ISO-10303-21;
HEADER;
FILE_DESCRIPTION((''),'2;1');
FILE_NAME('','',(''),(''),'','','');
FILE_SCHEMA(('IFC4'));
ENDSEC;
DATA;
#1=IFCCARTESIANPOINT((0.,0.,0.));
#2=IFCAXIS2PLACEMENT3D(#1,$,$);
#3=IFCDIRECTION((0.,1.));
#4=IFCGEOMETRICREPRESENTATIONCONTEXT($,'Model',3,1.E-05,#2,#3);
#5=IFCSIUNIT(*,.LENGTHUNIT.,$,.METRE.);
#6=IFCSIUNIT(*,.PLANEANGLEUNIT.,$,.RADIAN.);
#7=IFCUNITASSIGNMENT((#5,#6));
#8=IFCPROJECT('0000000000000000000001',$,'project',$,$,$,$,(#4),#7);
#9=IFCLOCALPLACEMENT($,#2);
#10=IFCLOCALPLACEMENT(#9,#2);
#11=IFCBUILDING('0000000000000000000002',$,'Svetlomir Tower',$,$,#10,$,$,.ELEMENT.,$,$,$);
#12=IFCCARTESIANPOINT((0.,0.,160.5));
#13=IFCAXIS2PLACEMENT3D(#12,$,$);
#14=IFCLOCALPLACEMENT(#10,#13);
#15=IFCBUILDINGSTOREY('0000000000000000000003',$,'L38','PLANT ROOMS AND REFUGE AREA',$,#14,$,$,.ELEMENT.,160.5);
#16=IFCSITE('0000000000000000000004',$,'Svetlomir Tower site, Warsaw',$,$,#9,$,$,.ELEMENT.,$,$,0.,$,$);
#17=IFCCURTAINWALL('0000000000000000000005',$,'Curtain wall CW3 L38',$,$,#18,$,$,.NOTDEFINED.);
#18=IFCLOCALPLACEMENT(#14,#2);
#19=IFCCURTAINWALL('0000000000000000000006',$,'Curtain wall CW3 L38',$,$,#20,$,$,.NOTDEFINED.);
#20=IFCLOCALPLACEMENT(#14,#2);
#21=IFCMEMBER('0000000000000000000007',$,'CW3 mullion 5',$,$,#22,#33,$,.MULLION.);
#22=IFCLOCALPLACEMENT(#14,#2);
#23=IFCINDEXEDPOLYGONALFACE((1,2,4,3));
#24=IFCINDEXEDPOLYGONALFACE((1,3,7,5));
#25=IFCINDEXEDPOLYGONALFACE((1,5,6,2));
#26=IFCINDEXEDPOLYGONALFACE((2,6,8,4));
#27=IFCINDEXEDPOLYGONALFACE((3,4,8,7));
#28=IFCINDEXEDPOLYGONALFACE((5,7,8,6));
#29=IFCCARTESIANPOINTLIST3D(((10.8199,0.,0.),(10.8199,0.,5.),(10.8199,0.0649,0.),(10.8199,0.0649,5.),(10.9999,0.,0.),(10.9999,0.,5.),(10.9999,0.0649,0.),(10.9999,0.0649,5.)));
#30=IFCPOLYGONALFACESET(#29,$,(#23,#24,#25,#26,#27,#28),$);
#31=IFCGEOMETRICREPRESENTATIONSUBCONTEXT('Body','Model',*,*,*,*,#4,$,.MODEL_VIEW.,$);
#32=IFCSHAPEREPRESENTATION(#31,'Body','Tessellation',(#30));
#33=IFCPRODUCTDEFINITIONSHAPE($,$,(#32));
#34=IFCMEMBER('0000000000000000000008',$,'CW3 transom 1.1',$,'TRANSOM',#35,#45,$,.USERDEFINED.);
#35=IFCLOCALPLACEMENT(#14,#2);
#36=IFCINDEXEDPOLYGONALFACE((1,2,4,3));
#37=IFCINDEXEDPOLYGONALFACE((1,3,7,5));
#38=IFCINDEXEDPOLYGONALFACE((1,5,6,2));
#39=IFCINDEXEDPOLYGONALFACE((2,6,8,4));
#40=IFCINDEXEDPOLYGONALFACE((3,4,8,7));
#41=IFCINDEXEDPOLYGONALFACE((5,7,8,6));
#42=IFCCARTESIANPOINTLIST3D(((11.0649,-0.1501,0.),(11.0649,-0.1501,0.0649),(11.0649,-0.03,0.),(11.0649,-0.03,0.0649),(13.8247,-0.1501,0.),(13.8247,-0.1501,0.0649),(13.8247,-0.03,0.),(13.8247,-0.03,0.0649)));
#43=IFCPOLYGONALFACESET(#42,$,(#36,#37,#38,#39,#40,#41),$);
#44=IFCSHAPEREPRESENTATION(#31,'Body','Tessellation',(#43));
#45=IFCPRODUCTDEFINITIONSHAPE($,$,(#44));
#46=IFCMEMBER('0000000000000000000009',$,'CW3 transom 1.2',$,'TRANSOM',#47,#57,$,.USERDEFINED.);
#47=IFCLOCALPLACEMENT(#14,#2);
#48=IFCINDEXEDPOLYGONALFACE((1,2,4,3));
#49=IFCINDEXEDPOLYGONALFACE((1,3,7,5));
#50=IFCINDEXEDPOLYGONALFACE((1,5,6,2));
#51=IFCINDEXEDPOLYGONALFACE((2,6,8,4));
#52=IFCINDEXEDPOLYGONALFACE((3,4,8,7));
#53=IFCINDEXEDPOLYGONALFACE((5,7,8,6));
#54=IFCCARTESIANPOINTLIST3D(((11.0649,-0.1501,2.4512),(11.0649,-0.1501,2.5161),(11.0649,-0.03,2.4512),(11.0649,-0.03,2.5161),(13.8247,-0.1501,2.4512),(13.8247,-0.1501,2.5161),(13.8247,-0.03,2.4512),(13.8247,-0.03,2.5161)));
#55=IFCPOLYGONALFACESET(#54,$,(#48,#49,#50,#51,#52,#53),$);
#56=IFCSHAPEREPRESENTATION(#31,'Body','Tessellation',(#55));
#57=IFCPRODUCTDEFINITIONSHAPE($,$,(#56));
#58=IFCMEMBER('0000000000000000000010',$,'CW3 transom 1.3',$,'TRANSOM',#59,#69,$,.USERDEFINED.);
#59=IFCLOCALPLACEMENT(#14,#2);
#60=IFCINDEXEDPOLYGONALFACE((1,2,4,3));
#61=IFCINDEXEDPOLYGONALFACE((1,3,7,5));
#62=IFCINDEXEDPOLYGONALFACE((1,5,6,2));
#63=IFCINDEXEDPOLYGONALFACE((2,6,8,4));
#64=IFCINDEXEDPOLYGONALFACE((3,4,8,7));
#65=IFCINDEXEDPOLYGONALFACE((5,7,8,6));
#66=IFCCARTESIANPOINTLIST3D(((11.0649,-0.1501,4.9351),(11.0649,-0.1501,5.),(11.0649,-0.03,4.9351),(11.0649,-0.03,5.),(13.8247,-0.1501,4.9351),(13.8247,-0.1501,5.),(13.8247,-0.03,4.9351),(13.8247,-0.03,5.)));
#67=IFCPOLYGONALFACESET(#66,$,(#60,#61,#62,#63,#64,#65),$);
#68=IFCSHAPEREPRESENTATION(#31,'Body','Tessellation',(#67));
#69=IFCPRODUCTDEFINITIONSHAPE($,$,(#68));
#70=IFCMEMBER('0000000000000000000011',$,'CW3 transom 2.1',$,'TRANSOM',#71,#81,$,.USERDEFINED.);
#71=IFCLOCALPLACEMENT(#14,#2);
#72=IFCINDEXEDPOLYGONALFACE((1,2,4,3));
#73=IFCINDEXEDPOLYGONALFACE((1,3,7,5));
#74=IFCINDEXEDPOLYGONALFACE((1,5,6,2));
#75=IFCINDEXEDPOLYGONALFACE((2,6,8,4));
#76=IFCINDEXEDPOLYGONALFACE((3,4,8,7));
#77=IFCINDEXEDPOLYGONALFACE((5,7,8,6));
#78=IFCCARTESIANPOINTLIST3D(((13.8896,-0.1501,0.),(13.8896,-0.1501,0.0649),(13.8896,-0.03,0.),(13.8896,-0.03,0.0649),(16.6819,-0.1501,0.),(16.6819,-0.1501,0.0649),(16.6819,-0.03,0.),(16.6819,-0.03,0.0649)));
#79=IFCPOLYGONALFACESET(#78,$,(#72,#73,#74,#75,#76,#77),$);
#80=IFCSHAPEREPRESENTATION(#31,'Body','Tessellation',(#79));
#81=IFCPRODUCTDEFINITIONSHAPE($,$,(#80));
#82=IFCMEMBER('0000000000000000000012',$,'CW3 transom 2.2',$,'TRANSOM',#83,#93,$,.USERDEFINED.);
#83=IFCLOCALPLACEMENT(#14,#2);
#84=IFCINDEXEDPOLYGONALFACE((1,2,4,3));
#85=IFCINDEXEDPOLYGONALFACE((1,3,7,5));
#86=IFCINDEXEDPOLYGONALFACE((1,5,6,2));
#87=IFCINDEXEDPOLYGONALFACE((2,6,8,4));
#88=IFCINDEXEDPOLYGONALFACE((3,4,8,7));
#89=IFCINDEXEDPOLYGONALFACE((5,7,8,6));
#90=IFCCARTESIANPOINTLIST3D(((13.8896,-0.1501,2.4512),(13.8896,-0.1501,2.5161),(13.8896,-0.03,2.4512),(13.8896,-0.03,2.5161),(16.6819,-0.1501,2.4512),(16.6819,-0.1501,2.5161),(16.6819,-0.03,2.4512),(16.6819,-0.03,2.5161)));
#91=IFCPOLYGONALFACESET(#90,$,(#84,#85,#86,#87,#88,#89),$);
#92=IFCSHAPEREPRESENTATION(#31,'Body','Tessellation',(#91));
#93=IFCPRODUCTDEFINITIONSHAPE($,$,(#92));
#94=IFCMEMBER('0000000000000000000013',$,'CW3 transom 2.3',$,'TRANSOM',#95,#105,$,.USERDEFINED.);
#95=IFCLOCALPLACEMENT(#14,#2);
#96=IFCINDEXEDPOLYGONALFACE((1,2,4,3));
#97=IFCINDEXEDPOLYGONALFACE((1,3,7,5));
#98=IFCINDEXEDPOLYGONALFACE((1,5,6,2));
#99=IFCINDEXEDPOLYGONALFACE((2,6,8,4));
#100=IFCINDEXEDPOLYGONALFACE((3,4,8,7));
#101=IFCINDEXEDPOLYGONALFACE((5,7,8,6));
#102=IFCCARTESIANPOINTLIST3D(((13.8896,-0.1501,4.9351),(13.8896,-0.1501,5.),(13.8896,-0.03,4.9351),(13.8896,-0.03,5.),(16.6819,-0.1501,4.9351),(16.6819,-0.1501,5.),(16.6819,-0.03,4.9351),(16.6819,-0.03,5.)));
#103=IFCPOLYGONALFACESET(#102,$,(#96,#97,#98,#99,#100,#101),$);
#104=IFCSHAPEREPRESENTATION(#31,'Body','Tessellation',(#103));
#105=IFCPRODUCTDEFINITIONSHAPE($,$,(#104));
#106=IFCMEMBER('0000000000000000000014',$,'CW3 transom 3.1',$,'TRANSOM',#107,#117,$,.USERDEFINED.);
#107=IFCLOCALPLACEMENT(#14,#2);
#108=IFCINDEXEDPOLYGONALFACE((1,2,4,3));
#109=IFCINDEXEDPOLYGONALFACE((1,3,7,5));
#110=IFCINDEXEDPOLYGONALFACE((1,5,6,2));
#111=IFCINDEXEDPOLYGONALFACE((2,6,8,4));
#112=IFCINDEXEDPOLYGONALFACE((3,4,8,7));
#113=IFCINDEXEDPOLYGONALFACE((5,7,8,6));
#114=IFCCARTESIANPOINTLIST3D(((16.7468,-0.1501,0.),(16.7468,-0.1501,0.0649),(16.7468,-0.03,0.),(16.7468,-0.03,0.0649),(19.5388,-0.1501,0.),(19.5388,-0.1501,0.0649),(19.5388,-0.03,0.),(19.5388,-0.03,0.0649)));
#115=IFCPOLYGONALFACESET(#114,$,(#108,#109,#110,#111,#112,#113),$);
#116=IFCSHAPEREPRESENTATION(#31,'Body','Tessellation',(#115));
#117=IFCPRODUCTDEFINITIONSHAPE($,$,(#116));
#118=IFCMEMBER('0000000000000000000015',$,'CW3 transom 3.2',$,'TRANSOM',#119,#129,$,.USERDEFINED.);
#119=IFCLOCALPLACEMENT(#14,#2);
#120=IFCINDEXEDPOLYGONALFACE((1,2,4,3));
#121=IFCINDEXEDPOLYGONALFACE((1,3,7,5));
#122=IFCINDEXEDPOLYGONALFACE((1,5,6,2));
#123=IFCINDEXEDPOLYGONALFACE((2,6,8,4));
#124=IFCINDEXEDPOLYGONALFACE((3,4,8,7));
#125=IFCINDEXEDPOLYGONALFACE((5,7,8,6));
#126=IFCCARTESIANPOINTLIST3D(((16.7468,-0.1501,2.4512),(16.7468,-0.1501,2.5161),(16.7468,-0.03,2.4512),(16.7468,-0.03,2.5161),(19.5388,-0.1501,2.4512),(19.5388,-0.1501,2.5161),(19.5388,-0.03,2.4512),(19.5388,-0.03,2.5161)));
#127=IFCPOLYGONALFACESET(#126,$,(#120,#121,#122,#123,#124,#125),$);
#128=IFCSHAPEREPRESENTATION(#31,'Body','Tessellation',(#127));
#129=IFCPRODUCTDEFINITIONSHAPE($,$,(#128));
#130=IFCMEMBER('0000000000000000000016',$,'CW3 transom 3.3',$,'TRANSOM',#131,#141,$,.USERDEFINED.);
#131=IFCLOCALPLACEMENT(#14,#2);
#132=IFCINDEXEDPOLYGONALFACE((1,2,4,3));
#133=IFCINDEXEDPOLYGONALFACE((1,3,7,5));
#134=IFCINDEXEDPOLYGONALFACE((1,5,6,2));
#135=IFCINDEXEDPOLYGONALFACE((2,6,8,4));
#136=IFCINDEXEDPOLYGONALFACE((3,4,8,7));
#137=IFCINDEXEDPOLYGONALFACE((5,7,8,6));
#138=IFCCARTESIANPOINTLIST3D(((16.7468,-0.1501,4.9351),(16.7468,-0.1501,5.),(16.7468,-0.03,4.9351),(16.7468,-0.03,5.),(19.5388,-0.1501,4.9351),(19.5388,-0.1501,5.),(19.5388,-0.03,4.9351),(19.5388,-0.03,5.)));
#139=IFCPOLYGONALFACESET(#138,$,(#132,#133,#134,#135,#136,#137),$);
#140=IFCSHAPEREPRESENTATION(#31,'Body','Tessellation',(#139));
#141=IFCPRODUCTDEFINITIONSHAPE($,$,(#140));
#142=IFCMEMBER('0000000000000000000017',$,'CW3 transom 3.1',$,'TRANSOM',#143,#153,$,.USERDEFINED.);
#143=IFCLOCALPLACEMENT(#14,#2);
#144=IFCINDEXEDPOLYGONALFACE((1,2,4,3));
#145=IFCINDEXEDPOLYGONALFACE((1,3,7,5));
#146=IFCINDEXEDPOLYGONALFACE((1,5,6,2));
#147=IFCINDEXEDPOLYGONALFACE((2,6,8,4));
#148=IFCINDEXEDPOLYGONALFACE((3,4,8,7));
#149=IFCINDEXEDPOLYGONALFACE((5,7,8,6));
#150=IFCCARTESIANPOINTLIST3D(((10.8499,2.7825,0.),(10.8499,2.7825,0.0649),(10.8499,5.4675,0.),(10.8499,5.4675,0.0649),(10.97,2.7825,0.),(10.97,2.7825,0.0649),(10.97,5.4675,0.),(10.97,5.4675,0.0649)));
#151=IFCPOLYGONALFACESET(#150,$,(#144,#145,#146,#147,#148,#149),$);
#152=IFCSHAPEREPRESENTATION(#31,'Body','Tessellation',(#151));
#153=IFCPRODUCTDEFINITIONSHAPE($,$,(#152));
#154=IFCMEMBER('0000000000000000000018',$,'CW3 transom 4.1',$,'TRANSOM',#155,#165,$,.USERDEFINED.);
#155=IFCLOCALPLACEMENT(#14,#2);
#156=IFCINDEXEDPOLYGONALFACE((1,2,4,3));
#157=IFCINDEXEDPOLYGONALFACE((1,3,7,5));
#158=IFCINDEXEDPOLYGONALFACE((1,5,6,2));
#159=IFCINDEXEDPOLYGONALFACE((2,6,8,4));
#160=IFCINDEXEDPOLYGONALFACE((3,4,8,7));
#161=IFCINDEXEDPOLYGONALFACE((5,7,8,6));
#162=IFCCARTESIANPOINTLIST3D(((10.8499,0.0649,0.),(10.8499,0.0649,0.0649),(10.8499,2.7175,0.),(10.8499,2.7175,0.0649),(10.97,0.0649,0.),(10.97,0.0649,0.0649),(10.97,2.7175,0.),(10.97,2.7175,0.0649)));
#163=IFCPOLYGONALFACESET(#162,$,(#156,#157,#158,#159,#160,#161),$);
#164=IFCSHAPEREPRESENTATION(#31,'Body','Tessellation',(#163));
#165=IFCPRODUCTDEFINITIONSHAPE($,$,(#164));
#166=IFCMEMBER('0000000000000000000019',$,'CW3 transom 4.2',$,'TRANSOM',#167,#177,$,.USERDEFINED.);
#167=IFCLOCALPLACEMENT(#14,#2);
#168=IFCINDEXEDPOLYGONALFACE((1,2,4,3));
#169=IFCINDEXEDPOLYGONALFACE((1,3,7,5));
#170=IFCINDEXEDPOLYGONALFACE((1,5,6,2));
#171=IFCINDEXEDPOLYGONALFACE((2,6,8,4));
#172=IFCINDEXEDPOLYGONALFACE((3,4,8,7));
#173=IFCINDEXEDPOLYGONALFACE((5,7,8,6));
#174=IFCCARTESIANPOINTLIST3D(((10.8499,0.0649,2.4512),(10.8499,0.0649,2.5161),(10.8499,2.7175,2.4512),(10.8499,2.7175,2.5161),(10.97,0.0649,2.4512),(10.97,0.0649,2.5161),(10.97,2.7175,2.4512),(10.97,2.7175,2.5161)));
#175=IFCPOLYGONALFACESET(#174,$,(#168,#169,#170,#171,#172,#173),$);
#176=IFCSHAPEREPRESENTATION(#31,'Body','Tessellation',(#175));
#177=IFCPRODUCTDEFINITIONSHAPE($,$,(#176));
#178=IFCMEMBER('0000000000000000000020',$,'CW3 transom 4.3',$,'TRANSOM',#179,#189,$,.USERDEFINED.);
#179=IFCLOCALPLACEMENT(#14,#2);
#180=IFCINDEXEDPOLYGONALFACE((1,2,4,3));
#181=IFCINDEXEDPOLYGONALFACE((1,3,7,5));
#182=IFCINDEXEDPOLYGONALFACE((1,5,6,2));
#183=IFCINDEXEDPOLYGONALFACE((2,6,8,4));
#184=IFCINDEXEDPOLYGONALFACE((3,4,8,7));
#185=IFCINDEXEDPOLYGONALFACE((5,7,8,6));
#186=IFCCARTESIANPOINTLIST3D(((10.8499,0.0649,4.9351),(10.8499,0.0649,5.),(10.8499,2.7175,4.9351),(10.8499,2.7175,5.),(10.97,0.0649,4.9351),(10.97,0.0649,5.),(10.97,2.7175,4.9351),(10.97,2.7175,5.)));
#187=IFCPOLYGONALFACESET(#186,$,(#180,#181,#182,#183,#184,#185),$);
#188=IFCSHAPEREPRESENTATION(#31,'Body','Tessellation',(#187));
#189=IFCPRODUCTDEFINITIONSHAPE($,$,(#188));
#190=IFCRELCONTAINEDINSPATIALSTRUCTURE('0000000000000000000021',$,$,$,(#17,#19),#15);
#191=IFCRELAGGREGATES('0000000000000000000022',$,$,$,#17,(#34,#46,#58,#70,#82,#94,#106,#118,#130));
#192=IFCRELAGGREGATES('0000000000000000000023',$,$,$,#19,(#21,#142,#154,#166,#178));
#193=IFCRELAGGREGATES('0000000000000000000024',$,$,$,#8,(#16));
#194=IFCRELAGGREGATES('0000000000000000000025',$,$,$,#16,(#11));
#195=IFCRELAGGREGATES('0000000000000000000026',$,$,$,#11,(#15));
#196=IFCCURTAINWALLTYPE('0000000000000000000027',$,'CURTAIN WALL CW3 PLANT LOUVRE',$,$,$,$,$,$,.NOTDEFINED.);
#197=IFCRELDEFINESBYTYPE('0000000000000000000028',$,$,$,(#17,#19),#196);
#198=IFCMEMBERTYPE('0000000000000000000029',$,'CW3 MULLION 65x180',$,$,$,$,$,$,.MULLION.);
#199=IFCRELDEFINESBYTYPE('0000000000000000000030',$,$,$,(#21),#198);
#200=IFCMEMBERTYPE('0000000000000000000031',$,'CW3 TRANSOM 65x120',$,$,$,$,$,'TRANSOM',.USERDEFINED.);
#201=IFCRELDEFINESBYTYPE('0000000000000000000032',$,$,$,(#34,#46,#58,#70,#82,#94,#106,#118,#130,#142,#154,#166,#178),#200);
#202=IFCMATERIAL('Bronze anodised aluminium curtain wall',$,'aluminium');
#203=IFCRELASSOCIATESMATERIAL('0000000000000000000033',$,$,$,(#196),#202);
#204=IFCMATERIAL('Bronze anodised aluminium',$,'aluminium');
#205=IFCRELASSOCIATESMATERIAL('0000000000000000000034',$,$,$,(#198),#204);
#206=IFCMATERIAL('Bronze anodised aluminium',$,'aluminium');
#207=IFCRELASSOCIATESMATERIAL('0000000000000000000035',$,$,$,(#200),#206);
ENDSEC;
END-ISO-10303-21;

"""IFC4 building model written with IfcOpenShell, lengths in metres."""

from ifc_helpers import new_model, si_unit, direction, frame, origin, origin_2d, place, context, subcontext, project, spatial, rectangle, extrude, material, material_profile, profile_set, type_object, element, aggregate, save


model = new_model("IFC4")

# Units and contexts
model_context = context("Model", 3, precision=1e-05, world=origin(), true_north=direction((0.0, 1.0)))
body_context = subcontext(model_context, "Body", "Model", "MODEL_VIEW")
ifc_project = project(units=[si_unit("LENGTHUNIT", "METRE"), si_unit("PLANEANGLEUNIT", "RADIAN")], contexts=[model_context])

# Site, building, storey
site_placement = place(None, origin())
site = spatial("IfcSite", under=ifc_project, at=site_placement, Name="Svetlomir Tower site, Warsaw", CompositionType="ELEMENT", RefElevation=0.0)
building_placement = place(site_placement, origin())
building = spatial("IfcBuilding", under=site, at=building_placement, Name="Svetlomir Tower", CompositionType="ELEMENT")
storey_placement = place(building_placement, frame((0.0, 0.0, 160.5)))
storey = spatial("IfcBuildingStorey", under=building, at=storey_placement, Name="L38", Description="PLANT ROOMS AND REFUGE AREA", CompositionType="ELEMENT", Elevation=160.5)

# Curtain walls, member
ifc_material_1 = material(Name="Bronze anodised aluminium curtain wall", Category="aluminium")
curtain_wall_type = type_object("IfcCurtainWallType", Name="CURTAIN WALL CW3 PLANT LOUVRE", PredefinedType="NOTDEFINED", material=ifc_material_1)
curtain_wall_1_placement = place(storey_placement, origin())
curtain_wall_1 = element("IfcCurtainWall", 1, at=curtain_wall_1_placement, inside=storey, type_object=curtain_wall_type, Name="Curtain wall CW3 L38", PredefinedType="NOTDEFINED")
ifc_material_2 = material(Name="Bronze anodised aluminium", Category="aluminium")
ifc_material_profile_1 = material_profile(ifc_material_2, rectangle(XDim=0.0649, YDim=0.1799, at=origin_2d()), Name="AL 65x180")
ifc_profile_set_1 = profile_set([ifc_material_profile_1], Name="Bronze anodised aluminium 6063-T6")
member_type_1 = type_object("IfcMemberType", Name="CW3 MULLION 65x180", PredefinedType="MULLION", material=ifc_profile_set_1)
curtain_wall_2_placement = place(storey_placement, origin())
curtain_wall_2 = element("IfcCurtainWall", 2, at=curtain_wall_2_placement, inside=storey, type_object=curtain_wall_type, Name="Curtain wall CW3 L38", PredefinedType="NOTDEFINED")
member_1_placement = place(storey_placement, frame((10.9099, 0.0325, 0.0), z_axis=(0.0, 0.0, 1.0), x_axis=(0.0, -1.0, 0.0)))
member_1 = element("IfcMember", 3, at=member_1_placement, type_object=member_type_1, Name="CW3 mullion 5", PredefinedType="MULLION", context=body_context, shape_type="SweptSolid", body=[
    extrude(rectangle(XDim=0.0649, YDim=0.1799, at=origin_2d()), origin(), (0.0, 0.0, 1.0), 5.0),
])

# Members
ifc_material_3 = material(Name="Bronze anodised aluminium", Category="aluminium")
ifc_material_profile_2 = material_profile(ifc_material_3, rectangle(XDim=0.1201, YDim=0.0649, at=origin_2d()), Name="AL 120x65")
ifc_profile_set_2 = profile_set([ifc_material_profile_2], Name="Bronze anodised aluminium 6063-T6")
member_type_2 = type_object("IfcMemberType", Name="CW3 TRANSOM 65x120", ElementType="TRANSOM", PredefinedType="USERDEFINED", material=ifc_profile_set_2)
member_2_placement = place(storey_placement, frame((11.0649, -0.0901, 0.0325), z_axis=(1.0, 0.0, 0.0), x_axis=(0.0, 1.0, 0.0)))
member_2 = element("IfcMember", 4, at=member_2_placement, type_object=member_type_2, Name="CW3 transom 1.1", ObjectType="TRANSOM", PredefinedType="USERDEFINED", context=body_context, shape_type="SweptSolid", body=[
    extrude(rectangle(XDim=0.1201, YDim=0.0649, at=origin_2d()), origin(), (0.0, 0.0, 1.0), 2.7598),
])
member_3_placement = place(storey_placement, frame((11.0649, -0.0901, 2.4836), z_axis=(1.0, 0.0, 0.0), x_axis=(0.0, 1.0, 0.0)))
member_3 = element("IfcMember", 5, at=member_3_placement, type_object=member_type_2, Name="CW3 transom 1.2", ObjectType="TRANSOM", PredefinedType="USERDEFINED", context=body_context, shape_type="SweptSolid", body=[
    extrude(rectangle(XDim=0.1201, YDim=0.0649, at=origin_2d()), origin(), (0.0, 0.0, 1.0), 2.7598),
])
member_4_placement = place(storey_placement, frame((11.0649, -0.0901, 4.9675), z_axis=(1.0, 0.0, 0.0), x_axis=(0.0, 1.0, 0.0)))
member_4 = element("IfcMember", 6, at=member_4_placement, type_object=member_type_2, Name="CW3 transom 1.3", ObjectType="TRANSOM", PredefinedType="USERDEFINED", context=body_context, shape_type="SweptSolid", body=[
    extrude(rectangle(XDim=0.1201, YDim=0.0649, at=origin_2d()), origin(), (0.0, 0.0, 1.0), 2.7598),
])
member_5_placement = place(storey_placement, frame((13.8896, -0.0901, 0.0325), z_axis=(1.0, 0.0, 0.0), x_axis=(0.0, 1.0, 0.0)))
member_5 = element("IfcMember", 7, at=member_5_placement, type_object=member_type_2, Name="CW3 transom 2.1", ObjectType="TRANSOM", PredefinedType="USERDEFINED", context=body_context, shape_type="SweptSolid", body=[
    extrude(rectangle(XDim=0.1201, YDim=0.0649, at=origin_2d()), origin(), (0.0, 0.0, 1.0), 2.7922),
])
member_6_placement = place(storey_placement, frame((13.8896, -0.0901, 2.4836), z_axis=(1.0, 0.0, 0.0), x_axis=(0.0, 1.0, 0.0)))
member_6 = element("IfcMember", 8, at=member_6_placement, type_object=member_type_2, Name="CW3 transom 2.2", ObjectType="TRANSOM", PredefinedType="USERDEFINED", context=body_context, shape_type="SweptSolid", body=[
    extrude(rectangle(XDim=0.1201, YDim=0.0649, at=origin_2d()), origin(), (0.0, 0.0, 1.0), 2.7922),
])
member_7_placement = place(storey_placement, frame((13.8896, -0.0901, 4.9675), z_axis=(1.0, 0.0, 0.0), x_axis=(0.0, 1.0, 0.0)))
member_7 = element("IfcMember", 9, at=member_7_placement, type_object=member_type_2, Name="CW3 transom 2.3", ObjectType="TRANSOM", PredefinedType="USERDEFINED", context=body_context, shape_type="SweptSolid", body=[
    extrude(rectangle(XDim=0.1201, YDim=0.0649, at=origin_2d()), origin(), (0.0, 0.0, 1.0), 2.7922),
])
member_8_placement = place(storey_placement, frame((16.7468, -0.0901, 0.0325), z_axis=(1.0, 0.0, 0.0), x_axis=(0.0, 1.0, 0.0)))
member_8 = element("IfcMember", 10, at=member_8_placement, type_object=member_type_2, Name="CW3 transom 3.1", ObjectType="TRANSOM", PredefinedType="USERDEFINED", context=body_context, shape_type="SweptSolid", body=[
    extrude(rectangle(XDim=0.1201, YDim=0.0649, at=origin_2d()), origin(), (0.0, 0.0, 1.0), 2.792),
])
member_9_placement = place(storey_placement, frame((16.7468, -0.0901, 2.4836), z_axis=(1.0, 0.0, 0.0), x_axis=(0.0, 1.0, 0.0)))
member_9 = element("IfcMember", 11, at=member_9_placement, type_object=member_type_2, Name="CW3 transom 3.2", ObjectType="TRANSOM", PredefinedType="USERDEFINED", context=body_context, shape_type="SweptSolid", body=[
    extrude(rectangle(XDim=0.1201, YDim=0.0649, at=origin_2d()), origin(), (0.0, 0.0, 1.0), 2.792),
])
member_10_placement = place(storey_placement, frame((16.7468, -0.0901, 4.9675), z_axis=(1.0, 0.0, 0.0), x_axis=(0.0, 1.0, 0.0)))
member_10 = element("IfcMember", 12, at=member_10_placement, type_object=member_type_2, Name="CW3 transom 3.3", ObjectType="TRANSOM", PredefinedType="USERDEFINED", context=body_context, shape_type="SweptSolid", body=[
    extrude(rectangle(XDim=0.1201, YDim=0.0649, at=origin_2d()), origin(), (0.0, 0.0, 1.0), 2.792),
])
member_11_placement = place(storey_placement, frame((10.9099, 5.4675, 0.0325), z_axis=(0.0, -1.0, 0.0), x_axis=(1.0, 0.0, 0.0)))
member_11 = element("IfcMember", 13, at=member_11_placement, type_object=member_type_2, Name="CW3 transom 3.1", ObjectType="TRANSOM", PredefinedType="USERDEFINED", context=body_context, shape_type="SweptSolid", body=[
    extrude(rectangle(XDim=0.1201, YDim=0.0649, at=origin_2d()), origin(), (0.0, 0.0, 1.0), 2.6851),
])
member_12_placement = place(storey_placement, frame((10.9099, 2.7175, 0.0325), z_axis=(0.0, -1.0, 0.0), x_axis=(1.0, 0.0, 0.0)))
member_12 = element("IfcMember", 14, at=member_12_placement, type_object=member_type_2, Name="CW3 transom 4.1", ObjectType="TRANSOM", PredefinedType="USERDEFINED", context=body_context, shape_type="SweptSolid", body=[
    extrude(rectangle(XDim=0.1201, YDim=0.0649, at=origin_2d()), origin(), (0.0, 0.0, 1.0), 2.6526),
])
member_13_placement = place(storey_placement, frame((10.9099, 2.7175, 2.4836), z_axis=(0.0, -1.0, 0.0), x_axis=(1.0, 0.0, 0.0)))
member_13 = element("IfcMember", 15, at=member_13_placement, type_object=member_type_2, Name="CW3 transom 4.2", ObjectType="TRANSOM", PredefinedType="USERDEFINED", context=body_context, shape_type="SweptSolid", body=[
    extrude(rectangle(XDim=0.1201, YDim=0.0649, at=origin_2d()), origin(), (0.0, 0.0, 1.0), 2.6526),
])
member_14_placement = place(storey_placement, frame((10.9099, 2.7175, 4.9675), z_axis=(0.0, -1.0, 0.0), x_axis=(1.0, 0.0, 0.0)))
member_14 = element("IfcMember", 16, at=member_14_placement, type_object=member_type_2, Name="CW3 transom 4.3", ObjectType="TRANSOM", PredefinedType="USERDEFINED", context=body_context, shape_type="SweptSolid", body=[
    extrude(rectangle(XDim=0.1201, YDim=0.0649, at=origin_2d()), origin(), (0.0, 0.0, 1.0), 2.6526),
])

aggregate(curtain_wall_1, [member_2, member_3, member_4, member_5, member_6, member_7, member_8, member_9, member_10])
aggregate(curtain_wall_2, [member_1, member_11, member_12, member_13, member_14])

save(model, "model.ifc")
